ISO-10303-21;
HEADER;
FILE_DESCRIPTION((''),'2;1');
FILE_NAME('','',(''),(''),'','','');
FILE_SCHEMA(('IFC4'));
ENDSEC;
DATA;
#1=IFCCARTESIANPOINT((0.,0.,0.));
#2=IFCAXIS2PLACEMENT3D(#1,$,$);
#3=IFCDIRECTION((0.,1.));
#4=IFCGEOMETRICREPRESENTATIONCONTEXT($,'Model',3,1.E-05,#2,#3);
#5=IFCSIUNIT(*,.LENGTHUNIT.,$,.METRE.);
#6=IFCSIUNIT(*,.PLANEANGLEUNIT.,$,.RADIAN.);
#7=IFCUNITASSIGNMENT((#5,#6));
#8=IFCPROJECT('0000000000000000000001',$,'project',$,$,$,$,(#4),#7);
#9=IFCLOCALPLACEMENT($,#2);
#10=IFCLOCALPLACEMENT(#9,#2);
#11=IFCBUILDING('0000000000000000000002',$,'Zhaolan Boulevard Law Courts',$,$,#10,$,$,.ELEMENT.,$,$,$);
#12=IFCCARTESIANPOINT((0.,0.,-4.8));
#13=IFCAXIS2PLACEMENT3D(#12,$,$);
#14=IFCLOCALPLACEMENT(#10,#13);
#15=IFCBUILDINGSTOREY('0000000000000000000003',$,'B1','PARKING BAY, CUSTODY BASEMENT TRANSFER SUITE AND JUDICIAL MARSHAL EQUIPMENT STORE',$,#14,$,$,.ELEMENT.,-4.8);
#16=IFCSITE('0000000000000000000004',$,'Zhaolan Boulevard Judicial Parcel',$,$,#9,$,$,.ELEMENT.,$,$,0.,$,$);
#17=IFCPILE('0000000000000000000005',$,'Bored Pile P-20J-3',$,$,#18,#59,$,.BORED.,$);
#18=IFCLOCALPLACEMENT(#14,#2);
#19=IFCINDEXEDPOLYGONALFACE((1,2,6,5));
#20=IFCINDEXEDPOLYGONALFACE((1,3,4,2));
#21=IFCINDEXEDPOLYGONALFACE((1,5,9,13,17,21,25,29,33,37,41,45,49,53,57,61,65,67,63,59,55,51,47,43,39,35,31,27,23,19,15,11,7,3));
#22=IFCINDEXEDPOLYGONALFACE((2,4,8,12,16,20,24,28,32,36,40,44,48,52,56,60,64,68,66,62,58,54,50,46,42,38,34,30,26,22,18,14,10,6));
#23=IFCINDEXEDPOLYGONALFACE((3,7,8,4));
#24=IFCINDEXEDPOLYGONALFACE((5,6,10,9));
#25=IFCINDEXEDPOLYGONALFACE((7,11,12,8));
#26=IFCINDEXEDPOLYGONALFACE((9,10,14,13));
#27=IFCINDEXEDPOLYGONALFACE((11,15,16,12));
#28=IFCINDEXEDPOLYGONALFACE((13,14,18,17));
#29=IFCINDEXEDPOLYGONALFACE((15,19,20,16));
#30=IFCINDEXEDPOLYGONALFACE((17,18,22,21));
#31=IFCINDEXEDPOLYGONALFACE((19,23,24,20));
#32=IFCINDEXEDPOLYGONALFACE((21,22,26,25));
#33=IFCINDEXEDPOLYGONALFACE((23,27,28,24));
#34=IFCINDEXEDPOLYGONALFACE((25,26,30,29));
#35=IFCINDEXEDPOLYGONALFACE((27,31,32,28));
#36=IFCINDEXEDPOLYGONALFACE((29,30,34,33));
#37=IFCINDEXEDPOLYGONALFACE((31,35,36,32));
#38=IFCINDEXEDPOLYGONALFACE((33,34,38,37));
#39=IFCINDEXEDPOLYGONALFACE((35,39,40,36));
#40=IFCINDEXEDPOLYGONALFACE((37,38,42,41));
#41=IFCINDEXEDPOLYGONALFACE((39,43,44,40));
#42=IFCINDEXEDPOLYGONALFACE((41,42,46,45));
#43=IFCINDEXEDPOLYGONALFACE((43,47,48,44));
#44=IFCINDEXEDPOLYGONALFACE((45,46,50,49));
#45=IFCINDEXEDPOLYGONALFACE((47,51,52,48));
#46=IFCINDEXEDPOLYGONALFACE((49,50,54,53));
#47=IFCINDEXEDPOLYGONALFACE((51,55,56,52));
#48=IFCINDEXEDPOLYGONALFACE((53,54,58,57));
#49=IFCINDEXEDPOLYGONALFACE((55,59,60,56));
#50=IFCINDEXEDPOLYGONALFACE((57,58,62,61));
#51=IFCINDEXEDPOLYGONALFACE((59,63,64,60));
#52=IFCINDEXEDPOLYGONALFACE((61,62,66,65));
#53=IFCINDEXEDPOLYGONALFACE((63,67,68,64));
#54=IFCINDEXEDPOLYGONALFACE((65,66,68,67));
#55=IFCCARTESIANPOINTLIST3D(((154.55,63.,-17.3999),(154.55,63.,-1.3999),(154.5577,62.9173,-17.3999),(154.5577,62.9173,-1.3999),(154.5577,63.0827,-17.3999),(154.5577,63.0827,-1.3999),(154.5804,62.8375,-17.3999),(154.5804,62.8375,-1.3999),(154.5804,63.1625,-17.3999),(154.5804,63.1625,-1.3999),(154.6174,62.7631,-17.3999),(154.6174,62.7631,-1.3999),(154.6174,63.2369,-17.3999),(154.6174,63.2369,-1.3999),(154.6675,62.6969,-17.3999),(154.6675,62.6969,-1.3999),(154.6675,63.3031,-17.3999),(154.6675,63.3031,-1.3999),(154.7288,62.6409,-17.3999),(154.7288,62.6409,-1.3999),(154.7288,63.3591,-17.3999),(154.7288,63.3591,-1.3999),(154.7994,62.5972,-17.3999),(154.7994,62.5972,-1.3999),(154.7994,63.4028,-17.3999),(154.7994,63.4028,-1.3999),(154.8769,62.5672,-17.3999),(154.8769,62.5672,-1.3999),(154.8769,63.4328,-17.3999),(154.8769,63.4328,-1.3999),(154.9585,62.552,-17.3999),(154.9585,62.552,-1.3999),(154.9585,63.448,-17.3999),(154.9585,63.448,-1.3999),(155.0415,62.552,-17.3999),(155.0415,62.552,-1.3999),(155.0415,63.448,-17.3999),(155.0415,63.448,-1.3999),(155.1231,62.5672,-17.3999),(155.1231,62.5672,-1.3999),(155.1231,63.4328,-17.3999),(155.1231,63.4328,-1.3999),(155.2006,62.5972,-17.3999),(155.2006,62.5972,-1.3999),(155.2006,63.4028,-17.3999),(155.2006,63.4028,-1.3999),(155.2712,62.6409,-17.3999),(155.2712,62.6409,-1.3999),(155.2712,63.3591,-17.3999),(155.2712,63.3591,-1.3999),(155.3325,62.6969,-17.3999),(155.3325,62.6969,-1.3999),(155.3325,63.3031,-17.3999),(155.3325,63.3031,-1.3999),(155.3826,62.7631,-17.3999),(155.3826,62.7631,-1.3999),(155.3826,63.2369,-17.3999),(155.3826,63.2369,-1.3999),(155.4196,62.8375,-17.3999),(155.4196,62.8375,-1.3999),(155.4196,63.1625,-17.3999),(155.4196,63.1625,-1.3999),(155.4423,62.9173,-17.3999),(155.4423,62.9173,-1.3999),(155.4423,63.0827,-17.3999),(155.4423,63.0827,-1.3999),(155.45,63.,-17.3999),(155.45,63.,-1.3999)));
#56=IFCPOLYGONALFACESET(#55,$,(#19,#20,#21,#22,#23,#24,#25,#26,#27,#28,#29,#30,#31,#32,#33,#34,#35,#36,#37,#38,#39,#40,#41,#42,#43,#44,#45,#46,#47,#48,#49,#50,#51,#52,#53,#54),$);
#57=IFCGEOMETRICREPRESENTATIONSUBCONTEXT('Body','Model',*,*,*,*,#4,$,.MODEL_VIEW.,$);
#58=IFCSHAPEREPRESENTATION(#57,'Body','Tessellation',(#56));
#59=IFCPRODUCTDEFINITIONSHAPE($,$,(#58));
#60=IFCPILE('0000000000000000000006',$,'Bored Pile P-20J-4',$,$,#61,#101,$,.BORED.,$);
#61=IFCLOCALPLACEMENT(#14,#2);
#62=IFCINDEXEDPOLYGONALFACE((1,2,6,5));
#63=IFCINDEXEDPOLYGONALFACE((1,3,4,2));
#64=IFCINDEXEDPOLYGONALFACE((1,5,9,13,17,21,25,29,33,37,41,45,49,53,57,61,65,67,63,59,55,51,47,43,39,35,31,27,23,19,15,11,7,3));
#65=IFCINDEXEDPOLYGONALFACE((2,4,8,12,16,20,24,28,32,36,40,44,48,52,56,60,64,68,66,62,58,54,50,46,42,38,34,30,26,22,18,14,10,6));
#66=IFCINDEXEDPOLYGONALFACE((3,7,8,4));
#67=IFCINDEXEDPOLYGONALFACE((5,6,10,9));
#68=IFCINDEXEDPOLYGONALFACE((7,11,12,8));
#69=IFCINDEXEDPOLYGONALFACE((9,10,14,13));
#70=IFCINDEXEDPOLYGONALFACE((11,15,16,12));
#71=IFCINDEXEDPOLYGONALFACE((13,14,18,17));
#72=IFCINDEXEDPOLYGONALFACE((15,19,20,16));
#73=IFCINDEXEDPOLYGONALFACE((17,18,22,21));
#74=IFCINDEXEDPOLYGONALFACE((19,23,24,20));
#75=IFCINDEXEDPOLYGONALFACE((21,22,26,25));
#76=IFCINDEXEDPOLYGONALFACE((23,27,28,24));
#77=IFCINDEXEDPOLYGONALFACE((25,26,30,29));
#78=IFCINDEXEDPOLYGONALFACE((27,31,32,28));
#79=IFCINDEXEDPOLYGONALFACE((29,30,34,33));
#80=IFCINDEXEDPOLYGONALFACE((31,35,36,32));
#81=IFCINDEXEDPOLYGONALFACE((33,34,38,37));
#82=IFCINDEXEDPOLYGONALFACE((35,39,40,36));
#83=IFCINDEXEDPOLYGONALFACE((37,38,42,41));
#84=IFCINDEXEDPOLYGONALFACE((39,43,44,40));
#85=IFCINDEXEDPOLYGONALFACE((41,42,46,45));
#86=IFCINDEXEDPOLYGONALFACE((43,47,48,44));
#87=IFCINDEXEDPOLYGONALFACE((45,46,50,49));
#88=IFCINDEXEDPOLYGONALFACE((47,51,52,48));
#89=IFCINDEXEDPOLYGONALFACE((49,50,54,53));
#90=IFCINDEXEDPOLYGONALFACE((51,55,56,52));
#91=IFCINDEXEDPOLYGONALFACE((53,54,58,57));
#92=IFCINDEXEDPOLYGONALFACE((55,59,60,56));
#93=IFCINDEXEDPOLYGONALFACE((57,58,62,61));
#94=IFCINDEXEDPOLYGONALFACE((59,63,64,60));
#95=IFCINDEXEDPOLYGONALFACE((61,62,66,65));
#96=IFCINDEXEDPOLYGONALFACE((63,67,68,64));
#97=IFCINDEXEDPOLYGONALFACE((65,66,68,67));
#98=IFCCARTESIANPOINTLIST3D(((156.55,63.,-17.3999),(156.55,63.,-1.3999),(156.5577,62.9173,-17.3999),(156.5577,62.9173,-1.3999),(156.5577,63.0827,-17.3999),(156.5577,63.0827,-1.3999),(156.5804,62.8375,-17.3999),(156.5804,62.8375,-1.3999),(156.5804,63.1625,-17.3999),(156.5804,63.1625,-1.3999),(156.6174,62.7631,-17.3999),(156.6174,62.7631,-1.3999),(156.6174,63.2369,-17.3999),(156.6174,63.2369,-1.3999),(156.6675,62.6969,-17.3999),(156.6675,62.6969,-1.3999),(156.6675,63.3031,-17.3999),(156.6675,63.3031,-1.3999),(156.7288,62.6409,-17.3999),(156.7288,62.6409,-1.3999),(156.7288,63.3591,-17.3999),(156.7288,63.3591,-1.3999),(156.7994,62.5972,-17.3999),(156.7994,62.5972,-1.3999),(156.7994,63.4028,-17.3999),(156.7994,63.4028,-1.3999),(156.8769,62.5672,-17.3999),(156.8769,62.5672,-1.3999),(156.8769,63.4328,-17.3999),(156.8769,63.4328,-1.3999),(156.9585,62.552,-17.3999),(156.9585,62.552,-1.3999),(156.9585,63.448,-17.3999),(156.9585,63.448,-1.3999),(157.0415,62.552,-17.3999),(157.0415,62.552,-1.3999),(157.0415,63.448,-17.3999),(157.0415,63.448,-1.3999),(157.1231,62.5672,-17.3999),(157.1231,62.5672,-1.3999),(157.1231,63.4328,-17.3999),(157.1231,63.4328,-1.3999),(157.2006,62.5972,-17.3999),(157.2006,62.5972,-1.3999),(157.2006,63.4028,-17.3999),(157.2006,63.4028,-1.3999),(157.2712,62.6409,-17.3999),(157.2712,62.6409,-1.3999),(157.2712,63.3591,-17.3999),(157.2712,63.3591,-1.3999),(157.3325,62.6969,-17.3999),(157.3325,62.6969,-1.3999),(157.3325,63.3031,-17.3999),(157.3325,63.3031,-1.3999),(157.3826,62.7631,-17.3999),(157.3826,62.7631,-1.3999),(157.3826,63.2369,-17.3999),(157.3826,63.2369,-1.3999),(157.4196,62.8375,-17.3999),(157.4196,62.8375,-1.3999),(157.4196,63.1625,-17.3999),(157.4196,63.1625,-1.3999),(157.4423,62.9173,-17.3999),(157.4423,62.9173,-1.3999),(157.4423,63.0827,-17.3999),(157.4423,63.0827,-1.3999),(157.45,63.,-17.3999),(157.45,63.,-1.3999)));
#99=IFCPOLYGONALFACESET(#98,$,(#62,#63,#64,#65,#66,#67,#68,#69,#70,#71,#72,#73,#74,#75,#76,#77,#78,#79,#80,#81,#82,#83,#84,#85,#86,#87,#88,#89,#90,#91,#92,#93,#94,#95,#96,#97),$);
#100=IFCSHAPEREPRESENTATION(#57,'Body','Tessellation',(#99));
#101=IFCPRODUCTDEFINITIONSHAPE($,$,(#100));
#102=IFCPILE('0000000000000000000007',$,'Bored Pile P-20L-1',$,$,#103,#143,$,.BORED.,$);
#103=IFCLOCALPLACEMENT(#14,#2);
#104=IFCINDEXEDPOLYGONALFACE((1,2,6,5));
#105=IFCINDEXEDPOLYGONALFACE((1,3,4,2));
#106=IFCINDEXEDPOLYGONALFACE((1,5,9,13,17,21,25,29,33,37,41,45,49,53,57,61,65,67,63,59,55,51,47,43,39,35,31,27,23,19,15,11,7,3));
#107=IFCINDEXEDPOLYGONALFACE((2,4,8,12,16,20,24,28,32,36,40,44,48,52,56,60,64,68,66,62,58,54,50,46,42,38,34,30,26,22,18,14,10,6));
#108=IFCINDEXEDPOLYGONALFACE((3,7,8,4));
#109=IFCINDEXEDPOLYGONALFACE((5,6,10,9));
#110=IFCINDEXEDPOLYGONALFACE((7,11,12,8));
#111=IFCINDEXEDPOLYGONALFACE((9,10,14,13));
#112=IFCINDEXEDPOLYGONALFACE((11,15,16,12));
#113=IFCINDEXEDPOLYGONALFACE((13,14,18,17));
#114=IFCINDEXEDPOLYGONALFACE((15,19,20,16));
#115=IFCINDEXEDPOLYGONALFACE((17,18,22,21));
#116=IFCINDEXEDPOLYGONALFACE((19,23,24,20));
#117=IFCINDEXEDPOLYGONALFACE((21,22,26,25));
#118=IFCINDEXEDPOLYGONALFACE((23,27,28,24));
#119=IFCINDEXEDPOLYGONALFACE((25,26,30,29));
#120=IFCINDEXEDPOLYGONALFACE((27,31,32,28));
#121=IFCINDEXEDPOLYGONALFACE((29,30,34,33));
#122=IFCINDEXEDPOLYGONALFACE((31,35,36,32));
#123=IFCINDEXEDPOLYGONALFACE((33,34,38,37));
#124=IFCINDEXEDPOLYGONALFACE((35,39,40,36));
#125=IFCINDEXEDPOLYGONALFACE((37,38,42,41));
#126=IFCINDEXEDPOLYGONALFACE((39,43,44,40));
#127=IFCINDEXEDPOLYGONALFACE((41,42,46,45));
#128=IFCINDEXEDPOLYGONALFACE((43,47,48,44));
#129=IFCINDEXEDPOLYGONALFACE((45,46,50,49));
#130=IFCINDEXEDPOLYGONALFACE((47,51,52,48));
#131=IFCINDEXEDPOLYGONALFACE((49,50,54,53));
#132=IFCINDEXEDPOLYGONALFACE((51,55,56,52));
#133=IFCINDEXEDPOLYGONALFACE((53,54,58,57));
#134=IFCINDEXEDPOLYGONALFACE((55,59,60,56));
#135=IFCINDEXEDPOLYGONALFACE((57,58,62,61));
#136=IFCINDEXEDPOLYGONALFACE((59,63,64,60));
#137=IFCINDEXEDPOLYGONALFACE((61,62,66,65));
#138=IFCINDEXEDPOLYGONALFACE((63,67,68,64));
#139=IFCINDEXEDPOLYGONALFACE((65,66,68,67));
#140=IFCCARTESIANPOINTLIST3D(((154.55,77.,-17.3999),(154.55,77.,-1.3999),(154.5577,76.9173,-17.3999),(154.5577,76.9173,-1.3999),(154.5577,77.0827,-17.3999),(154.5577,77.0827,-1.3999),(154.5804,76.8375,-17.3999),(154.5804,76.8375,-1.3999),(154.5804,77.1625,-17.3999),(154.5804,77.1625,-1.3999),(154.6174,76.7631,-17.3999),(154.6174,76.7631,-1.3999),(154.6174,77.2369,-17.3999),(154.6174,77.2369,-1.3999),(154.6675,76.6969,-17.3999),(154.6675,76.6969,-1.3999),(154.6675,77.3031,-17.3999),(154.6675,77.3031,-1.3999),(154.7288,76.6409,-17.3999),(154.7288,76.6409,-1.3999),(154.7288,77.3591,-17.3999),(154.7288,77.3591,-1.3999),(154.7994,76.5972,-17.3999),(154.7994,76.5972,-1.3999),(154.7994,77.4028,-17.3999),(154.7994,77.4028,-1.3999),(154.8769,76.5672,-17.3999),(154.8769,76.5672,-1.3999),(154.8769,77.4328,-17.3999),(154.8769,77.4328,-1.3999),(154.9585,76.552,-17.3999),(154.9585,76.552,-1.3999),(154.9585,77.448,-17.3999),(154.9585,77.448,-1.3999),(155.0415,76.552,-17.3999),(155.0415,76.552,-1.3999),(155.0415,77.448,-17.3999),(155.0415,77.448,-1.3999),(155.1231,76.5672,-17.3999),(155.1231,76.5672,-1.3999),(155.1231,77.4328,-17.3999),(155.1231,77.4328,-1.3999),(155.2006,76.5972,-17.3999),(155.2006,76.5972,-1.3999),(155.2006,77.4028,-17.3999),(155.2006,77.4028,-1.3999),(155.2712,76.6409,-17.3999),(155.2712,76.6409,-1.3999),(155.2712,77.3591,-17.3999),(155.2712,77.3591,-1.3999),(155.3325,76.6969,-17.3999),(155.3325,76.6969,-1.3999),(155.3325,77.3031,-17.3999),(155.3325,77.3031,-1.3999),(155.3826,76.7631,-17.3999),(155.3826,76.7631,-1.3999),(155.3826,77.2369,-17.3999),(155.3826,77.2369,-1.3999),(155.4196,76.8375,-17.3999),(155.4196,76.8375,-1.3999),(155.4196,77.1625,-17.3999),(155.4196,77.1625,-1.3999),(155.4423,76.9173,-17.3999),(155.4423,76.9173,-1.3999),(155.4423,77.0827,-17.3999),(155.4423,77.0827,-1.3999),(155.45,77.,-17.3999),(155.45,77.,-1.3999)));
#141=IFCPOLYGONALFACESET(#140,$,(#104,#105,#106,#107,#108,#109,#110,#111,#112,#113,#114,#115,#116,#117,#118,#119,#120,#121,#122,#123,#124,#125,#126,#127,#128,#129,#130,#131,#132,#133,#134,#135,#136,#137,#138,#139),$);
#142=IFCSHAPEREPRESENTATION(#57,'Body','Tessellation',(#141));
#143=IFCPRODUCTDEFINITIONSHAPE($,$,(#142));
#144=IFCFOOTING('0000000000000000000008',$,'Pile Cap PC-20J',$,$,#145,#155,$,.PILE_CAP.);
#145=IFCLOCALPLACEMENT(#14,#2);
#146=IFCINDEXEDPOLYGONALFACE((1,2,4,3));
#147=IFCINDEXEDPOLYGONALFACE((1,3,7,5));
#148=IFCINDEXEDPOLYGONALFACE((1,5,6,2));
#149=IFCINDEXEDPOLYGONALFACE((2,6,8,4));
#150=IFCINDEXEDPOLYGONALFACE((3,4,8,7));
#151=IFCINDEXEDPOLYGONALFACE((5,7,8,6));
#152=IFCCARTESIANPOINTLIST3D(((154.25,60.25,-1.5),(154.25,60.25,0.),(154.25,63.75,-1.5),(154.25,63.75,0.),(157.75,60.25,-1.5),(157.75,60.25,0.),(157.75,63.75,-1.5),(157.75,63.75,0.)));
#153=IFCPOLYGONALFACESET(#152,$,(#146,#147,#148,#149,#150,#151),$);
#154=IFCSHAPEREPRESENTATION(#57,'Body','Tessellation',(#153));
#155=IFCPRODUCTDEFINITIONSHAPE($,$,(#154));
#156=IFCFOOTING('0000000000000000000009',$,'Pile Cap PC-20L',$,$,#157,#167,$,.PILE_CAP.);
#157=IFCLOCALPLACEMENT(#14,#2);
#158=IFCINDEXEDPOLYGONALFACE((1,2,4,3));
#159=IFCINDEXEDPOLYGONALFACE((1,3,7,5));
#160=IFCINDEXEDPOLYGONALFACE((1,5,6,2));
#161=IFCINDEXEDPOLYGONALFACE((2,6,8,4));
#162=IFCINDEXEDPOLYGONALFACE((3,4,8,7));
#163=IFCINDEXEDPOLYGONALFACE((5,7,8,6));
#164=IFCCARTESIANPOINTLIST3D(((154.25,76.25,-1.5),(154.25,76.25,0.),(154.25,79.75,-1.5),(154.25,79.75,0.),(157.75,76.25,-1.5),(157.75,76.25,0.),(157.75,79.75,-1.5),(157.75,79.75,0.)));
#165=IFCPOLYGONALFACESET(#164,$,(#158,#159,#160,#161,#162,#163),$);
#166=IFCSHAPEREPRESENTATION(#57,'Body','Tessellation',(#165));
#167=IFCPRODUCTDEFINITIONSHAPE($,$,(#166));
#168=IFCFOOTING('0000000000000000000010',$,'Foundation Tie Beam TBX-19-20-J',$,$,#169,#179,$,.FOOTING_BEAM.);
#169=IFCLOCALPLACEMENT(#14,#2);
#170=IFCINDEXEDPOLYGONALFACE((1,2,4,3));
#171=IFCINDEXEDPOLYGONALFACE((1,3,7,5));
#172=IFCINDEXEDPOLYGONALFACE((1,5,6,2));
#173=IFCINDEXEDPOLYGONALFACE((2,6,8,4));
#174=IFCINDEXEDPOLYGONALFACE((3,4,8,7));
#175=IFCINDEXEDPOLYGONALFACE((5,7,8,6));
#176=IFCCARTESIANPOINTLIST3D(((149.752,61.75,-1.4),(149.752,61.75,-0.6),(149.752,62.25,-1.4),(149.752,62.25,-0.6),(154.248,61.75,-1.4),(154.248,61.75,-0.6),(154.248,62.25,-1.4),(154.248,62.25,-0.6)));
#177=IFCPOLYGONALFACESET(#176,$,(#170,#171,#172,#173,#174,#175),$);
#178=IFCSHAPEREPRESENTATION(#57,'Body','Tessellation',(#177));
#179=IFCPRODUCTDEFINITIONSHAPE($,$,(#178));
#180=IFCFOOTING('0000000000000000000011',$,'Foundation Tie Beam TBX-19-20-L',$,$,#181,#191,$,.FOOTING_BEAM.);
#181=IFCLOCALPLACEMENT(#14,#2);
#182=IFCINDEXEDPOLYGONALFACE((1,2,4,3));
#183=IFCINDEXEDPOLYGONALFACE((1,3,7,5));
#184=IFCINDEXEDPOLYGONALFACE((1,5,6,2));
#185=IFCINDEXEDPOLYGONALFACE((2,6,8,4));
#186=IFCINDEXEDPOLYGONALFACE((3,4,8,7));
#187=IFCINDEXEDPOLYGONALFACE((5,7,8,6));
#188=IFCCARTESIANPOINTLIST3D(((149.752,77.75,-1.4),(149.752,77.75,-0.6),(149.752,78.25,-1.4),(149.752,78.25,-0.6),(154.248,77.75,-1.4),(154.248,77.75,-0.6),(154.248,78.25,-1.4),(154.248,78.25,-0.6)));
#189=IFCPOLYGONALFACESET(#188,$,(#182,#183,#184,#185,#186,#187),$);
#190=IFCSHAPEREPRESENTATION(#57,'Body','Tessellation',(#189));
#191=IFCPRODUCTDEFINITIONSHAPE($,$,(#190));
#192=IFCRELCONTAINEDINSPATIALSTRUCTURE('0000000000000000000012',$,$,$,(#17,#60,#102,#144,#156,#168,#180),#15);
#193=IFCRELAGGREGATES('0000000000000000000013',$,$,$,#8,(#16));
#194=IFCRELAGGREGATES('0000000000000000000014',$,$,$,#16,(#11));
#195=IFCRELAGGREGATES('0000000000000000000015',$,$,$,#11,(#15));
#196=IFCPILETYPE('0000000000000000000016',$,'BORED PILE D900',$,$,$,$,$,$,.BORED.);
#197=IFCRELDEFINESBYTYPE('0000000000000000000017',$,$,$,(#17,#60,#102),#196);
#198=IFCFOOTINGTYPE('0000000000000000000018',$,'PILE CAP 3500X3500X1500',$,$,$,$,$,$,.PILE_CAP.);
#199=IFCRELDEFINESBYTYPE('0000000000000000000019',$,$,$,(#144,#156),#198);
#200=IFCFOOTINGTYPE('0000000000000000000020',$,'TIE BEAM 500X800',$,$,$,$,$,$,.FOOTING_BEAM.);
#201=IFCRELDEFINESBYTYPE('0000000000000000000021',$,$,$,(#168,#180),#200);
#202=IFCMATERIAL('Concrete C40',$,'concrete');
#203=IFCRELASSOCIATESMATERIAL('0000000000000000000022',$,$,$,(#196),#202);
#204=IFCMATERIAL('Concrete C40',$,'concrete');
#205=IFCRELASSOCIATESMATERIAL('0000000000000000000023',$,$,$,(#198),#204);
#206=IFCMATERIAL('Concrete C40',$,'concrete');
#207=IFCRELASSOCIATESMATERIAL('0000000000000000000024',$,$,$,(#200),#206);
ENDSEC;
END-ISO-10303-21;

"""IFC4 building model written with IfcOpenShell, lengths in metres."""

from ifc_helpers import new_model, si_unit, direction, frame, origin, origin_2d, place, context, subcontext, project, spatial, rectangle, circle, extrude, material, material_profile, profile_set, type_object, element, save


model = new_model("IFC4")

# Units and contexts
model_context = context("Model", 3, precision=1e-05, world=origin(), true_north=direction((0.0, 1.0)))
body_context = subcontext(model_context, "Body", "Model", "MODEL_VIEW")
ifc_project = project(units=[si_unit("LENGTHUNIT", "METRE"), si_unit("PLANEANGLEUNIT", "RADIAN")], contexts=[model_context])

# Site, building, storey
site_placement = place(None, origin())
site = spatial("IfcSite", under=ifc_project, at=site_placement, Name="Zhaolan Boulevard Judicial Parcel", CompositionType="ELEMENT", RefElevation=0.0)
building_placement = place(site_placement, origin())
building = spatial("IfcBuilding", under=site, at=building_placement, Name="Zhaolan Boulevard Law Courts", CompositionType="ELEMENT")
storey_placement = place(building_placement, frame((0.0, 0.0, -4.8)))
storey = spatial("IfcBuildingStorey", under=building, at=storey_placement, Name="B1", Description="PARKING BAY, CUSTODY BASEMENT TRANSFER SUITE AND JUDICIAL MARSHAL EQUIPMENT STORE", CompositionType="ELEMENT", Elevation=-4.8)

# Piles
ifc_material_1 = material(Name="Concrete C40", Category="concrete")
ifc_material_profile_1 = material_profile(ifc_material_1, circle(Radius=0.45, at=origin_2d()), Name="PILE-D900")
ifc_profile_set_1 = profile_set([ifc_material_profile_1], Name="Concrete C40")
pile_type = type_object("IfcPileType", Name="BORED PILE D900", PredefinedType="BORED", material=ifc_profile_set_1)
for number, where, z_axis, x_axis, name in (
    (1, (155.0, 63.0, -1.3999), (0.0, 0.0, -1.0), (1.0, 0.0, 0.0), "Bored Pile P-20J-3"),
    (2, (157.0, 63.0, -1.3999), (0.0, 0.0, -1.0), (1.0, 0.0, 0.0), "Bored Pile P-20J-4"),
    (3, (155.0, 77.0, -1.3999), (0.0, 0.0, -1.0), (1.0, 0.0, 0.0), "Bored Pile P-20L-1"),
):
    element("IfcPile", number, at=place(storey_placement, frame(where, z_axis=z_axis, x_axis=x_axis)), inside=storey, type_object=pile_type, Name=name, PredefinedType="BORED", context=body_context, shape_type="SweptSolid", body=[
        extrude(circle(Radius=0.45, at=origin_2d()), origin(), (0.0, 0.0, 1.0), 16.0),
    ])

# Footings
ifc_material_2 = material(Name="Concrete C40", Category="concrete")
footing_type_1 = type_object("IfcFootingType", Name="PILE CAP 3500X3500X1500", PredefinedType="PILE_CAP", material=ifc_material_2)
for number, where, z_axis, x_axis, name in (
    (4, (156.0, 62.0, -1.5), (0.0, 0.0, 1.0), (1.0, 0.0, 0.0), "Pile Cap PC-20J"),
    (5, (156.0, 78.0, -1.5), (0.0, 0.0, 1.0), (1.0, 0.0, 0.0), "Pile Cap PC-20L"),
):
    element("IfcFooting", number, at=place(storey_placement, frame(where, z_axis=z_axis, x_axis=x_axis)), inside=storey, type_object=footing_type_1, Name=name, PredefinedType="PILE_CAP", context=body_context, shape_type="SweptSolid", body=[
        extrude(rectangle(XDim=3.5, YDim=3.5, at=origin_2d()), origin(), (0.0, 0.0, 1.0), 1.5),
    ])
ifc_material_3 = material(Name="Concrete C40", Category="concrete")
ifc_material_profile_2 = material_profile(ifc_material_3, rectangle(XDim=0.5, YDim=0.8, at=origin_2d()), Name="RC500x800")
ifc_profile_set_2 = profile_set([ifc_material_profile_2], Name="Concrete C40")
footing_type_2 = type_object("IfcFootingType", Name="TIE BEAM 500X800", PredefinedType="FOOTING_BEAM", material=ifc_profile_set_2)
for number, where, z_axis, x_axis, name in (
    (6, (149.752, 62.0, -1.0), (1.0, 0.0, 0.0), (0.0, 1.0, 0.0), "Foundation Tie Beam TBX-19-20-J"),
    (7, (149.752, 78.0, -1.0), (1.0, 0.0, 0.0), (0.0, 1.0, 0.0), "Foundation Tie Beam TBX-19-20-L"),
):
    element("IfcFooting", number, at=place(storey_placement, frame(where, z_axis=z_axis, x_axis=x_axis)), inside=storey, type_object=footing_type_2, Name=name, PredefinedType="FOOTING_BEAM", context=body_context, shape_type="SweptSolid", body=[
        extrude(rectangle(XDim=0.5, YDim=0.8, at=origin_2d()), origin(), (0.0, 0.0, 1.0), 4.4961),
    ])

save(model, "model.ifc")
